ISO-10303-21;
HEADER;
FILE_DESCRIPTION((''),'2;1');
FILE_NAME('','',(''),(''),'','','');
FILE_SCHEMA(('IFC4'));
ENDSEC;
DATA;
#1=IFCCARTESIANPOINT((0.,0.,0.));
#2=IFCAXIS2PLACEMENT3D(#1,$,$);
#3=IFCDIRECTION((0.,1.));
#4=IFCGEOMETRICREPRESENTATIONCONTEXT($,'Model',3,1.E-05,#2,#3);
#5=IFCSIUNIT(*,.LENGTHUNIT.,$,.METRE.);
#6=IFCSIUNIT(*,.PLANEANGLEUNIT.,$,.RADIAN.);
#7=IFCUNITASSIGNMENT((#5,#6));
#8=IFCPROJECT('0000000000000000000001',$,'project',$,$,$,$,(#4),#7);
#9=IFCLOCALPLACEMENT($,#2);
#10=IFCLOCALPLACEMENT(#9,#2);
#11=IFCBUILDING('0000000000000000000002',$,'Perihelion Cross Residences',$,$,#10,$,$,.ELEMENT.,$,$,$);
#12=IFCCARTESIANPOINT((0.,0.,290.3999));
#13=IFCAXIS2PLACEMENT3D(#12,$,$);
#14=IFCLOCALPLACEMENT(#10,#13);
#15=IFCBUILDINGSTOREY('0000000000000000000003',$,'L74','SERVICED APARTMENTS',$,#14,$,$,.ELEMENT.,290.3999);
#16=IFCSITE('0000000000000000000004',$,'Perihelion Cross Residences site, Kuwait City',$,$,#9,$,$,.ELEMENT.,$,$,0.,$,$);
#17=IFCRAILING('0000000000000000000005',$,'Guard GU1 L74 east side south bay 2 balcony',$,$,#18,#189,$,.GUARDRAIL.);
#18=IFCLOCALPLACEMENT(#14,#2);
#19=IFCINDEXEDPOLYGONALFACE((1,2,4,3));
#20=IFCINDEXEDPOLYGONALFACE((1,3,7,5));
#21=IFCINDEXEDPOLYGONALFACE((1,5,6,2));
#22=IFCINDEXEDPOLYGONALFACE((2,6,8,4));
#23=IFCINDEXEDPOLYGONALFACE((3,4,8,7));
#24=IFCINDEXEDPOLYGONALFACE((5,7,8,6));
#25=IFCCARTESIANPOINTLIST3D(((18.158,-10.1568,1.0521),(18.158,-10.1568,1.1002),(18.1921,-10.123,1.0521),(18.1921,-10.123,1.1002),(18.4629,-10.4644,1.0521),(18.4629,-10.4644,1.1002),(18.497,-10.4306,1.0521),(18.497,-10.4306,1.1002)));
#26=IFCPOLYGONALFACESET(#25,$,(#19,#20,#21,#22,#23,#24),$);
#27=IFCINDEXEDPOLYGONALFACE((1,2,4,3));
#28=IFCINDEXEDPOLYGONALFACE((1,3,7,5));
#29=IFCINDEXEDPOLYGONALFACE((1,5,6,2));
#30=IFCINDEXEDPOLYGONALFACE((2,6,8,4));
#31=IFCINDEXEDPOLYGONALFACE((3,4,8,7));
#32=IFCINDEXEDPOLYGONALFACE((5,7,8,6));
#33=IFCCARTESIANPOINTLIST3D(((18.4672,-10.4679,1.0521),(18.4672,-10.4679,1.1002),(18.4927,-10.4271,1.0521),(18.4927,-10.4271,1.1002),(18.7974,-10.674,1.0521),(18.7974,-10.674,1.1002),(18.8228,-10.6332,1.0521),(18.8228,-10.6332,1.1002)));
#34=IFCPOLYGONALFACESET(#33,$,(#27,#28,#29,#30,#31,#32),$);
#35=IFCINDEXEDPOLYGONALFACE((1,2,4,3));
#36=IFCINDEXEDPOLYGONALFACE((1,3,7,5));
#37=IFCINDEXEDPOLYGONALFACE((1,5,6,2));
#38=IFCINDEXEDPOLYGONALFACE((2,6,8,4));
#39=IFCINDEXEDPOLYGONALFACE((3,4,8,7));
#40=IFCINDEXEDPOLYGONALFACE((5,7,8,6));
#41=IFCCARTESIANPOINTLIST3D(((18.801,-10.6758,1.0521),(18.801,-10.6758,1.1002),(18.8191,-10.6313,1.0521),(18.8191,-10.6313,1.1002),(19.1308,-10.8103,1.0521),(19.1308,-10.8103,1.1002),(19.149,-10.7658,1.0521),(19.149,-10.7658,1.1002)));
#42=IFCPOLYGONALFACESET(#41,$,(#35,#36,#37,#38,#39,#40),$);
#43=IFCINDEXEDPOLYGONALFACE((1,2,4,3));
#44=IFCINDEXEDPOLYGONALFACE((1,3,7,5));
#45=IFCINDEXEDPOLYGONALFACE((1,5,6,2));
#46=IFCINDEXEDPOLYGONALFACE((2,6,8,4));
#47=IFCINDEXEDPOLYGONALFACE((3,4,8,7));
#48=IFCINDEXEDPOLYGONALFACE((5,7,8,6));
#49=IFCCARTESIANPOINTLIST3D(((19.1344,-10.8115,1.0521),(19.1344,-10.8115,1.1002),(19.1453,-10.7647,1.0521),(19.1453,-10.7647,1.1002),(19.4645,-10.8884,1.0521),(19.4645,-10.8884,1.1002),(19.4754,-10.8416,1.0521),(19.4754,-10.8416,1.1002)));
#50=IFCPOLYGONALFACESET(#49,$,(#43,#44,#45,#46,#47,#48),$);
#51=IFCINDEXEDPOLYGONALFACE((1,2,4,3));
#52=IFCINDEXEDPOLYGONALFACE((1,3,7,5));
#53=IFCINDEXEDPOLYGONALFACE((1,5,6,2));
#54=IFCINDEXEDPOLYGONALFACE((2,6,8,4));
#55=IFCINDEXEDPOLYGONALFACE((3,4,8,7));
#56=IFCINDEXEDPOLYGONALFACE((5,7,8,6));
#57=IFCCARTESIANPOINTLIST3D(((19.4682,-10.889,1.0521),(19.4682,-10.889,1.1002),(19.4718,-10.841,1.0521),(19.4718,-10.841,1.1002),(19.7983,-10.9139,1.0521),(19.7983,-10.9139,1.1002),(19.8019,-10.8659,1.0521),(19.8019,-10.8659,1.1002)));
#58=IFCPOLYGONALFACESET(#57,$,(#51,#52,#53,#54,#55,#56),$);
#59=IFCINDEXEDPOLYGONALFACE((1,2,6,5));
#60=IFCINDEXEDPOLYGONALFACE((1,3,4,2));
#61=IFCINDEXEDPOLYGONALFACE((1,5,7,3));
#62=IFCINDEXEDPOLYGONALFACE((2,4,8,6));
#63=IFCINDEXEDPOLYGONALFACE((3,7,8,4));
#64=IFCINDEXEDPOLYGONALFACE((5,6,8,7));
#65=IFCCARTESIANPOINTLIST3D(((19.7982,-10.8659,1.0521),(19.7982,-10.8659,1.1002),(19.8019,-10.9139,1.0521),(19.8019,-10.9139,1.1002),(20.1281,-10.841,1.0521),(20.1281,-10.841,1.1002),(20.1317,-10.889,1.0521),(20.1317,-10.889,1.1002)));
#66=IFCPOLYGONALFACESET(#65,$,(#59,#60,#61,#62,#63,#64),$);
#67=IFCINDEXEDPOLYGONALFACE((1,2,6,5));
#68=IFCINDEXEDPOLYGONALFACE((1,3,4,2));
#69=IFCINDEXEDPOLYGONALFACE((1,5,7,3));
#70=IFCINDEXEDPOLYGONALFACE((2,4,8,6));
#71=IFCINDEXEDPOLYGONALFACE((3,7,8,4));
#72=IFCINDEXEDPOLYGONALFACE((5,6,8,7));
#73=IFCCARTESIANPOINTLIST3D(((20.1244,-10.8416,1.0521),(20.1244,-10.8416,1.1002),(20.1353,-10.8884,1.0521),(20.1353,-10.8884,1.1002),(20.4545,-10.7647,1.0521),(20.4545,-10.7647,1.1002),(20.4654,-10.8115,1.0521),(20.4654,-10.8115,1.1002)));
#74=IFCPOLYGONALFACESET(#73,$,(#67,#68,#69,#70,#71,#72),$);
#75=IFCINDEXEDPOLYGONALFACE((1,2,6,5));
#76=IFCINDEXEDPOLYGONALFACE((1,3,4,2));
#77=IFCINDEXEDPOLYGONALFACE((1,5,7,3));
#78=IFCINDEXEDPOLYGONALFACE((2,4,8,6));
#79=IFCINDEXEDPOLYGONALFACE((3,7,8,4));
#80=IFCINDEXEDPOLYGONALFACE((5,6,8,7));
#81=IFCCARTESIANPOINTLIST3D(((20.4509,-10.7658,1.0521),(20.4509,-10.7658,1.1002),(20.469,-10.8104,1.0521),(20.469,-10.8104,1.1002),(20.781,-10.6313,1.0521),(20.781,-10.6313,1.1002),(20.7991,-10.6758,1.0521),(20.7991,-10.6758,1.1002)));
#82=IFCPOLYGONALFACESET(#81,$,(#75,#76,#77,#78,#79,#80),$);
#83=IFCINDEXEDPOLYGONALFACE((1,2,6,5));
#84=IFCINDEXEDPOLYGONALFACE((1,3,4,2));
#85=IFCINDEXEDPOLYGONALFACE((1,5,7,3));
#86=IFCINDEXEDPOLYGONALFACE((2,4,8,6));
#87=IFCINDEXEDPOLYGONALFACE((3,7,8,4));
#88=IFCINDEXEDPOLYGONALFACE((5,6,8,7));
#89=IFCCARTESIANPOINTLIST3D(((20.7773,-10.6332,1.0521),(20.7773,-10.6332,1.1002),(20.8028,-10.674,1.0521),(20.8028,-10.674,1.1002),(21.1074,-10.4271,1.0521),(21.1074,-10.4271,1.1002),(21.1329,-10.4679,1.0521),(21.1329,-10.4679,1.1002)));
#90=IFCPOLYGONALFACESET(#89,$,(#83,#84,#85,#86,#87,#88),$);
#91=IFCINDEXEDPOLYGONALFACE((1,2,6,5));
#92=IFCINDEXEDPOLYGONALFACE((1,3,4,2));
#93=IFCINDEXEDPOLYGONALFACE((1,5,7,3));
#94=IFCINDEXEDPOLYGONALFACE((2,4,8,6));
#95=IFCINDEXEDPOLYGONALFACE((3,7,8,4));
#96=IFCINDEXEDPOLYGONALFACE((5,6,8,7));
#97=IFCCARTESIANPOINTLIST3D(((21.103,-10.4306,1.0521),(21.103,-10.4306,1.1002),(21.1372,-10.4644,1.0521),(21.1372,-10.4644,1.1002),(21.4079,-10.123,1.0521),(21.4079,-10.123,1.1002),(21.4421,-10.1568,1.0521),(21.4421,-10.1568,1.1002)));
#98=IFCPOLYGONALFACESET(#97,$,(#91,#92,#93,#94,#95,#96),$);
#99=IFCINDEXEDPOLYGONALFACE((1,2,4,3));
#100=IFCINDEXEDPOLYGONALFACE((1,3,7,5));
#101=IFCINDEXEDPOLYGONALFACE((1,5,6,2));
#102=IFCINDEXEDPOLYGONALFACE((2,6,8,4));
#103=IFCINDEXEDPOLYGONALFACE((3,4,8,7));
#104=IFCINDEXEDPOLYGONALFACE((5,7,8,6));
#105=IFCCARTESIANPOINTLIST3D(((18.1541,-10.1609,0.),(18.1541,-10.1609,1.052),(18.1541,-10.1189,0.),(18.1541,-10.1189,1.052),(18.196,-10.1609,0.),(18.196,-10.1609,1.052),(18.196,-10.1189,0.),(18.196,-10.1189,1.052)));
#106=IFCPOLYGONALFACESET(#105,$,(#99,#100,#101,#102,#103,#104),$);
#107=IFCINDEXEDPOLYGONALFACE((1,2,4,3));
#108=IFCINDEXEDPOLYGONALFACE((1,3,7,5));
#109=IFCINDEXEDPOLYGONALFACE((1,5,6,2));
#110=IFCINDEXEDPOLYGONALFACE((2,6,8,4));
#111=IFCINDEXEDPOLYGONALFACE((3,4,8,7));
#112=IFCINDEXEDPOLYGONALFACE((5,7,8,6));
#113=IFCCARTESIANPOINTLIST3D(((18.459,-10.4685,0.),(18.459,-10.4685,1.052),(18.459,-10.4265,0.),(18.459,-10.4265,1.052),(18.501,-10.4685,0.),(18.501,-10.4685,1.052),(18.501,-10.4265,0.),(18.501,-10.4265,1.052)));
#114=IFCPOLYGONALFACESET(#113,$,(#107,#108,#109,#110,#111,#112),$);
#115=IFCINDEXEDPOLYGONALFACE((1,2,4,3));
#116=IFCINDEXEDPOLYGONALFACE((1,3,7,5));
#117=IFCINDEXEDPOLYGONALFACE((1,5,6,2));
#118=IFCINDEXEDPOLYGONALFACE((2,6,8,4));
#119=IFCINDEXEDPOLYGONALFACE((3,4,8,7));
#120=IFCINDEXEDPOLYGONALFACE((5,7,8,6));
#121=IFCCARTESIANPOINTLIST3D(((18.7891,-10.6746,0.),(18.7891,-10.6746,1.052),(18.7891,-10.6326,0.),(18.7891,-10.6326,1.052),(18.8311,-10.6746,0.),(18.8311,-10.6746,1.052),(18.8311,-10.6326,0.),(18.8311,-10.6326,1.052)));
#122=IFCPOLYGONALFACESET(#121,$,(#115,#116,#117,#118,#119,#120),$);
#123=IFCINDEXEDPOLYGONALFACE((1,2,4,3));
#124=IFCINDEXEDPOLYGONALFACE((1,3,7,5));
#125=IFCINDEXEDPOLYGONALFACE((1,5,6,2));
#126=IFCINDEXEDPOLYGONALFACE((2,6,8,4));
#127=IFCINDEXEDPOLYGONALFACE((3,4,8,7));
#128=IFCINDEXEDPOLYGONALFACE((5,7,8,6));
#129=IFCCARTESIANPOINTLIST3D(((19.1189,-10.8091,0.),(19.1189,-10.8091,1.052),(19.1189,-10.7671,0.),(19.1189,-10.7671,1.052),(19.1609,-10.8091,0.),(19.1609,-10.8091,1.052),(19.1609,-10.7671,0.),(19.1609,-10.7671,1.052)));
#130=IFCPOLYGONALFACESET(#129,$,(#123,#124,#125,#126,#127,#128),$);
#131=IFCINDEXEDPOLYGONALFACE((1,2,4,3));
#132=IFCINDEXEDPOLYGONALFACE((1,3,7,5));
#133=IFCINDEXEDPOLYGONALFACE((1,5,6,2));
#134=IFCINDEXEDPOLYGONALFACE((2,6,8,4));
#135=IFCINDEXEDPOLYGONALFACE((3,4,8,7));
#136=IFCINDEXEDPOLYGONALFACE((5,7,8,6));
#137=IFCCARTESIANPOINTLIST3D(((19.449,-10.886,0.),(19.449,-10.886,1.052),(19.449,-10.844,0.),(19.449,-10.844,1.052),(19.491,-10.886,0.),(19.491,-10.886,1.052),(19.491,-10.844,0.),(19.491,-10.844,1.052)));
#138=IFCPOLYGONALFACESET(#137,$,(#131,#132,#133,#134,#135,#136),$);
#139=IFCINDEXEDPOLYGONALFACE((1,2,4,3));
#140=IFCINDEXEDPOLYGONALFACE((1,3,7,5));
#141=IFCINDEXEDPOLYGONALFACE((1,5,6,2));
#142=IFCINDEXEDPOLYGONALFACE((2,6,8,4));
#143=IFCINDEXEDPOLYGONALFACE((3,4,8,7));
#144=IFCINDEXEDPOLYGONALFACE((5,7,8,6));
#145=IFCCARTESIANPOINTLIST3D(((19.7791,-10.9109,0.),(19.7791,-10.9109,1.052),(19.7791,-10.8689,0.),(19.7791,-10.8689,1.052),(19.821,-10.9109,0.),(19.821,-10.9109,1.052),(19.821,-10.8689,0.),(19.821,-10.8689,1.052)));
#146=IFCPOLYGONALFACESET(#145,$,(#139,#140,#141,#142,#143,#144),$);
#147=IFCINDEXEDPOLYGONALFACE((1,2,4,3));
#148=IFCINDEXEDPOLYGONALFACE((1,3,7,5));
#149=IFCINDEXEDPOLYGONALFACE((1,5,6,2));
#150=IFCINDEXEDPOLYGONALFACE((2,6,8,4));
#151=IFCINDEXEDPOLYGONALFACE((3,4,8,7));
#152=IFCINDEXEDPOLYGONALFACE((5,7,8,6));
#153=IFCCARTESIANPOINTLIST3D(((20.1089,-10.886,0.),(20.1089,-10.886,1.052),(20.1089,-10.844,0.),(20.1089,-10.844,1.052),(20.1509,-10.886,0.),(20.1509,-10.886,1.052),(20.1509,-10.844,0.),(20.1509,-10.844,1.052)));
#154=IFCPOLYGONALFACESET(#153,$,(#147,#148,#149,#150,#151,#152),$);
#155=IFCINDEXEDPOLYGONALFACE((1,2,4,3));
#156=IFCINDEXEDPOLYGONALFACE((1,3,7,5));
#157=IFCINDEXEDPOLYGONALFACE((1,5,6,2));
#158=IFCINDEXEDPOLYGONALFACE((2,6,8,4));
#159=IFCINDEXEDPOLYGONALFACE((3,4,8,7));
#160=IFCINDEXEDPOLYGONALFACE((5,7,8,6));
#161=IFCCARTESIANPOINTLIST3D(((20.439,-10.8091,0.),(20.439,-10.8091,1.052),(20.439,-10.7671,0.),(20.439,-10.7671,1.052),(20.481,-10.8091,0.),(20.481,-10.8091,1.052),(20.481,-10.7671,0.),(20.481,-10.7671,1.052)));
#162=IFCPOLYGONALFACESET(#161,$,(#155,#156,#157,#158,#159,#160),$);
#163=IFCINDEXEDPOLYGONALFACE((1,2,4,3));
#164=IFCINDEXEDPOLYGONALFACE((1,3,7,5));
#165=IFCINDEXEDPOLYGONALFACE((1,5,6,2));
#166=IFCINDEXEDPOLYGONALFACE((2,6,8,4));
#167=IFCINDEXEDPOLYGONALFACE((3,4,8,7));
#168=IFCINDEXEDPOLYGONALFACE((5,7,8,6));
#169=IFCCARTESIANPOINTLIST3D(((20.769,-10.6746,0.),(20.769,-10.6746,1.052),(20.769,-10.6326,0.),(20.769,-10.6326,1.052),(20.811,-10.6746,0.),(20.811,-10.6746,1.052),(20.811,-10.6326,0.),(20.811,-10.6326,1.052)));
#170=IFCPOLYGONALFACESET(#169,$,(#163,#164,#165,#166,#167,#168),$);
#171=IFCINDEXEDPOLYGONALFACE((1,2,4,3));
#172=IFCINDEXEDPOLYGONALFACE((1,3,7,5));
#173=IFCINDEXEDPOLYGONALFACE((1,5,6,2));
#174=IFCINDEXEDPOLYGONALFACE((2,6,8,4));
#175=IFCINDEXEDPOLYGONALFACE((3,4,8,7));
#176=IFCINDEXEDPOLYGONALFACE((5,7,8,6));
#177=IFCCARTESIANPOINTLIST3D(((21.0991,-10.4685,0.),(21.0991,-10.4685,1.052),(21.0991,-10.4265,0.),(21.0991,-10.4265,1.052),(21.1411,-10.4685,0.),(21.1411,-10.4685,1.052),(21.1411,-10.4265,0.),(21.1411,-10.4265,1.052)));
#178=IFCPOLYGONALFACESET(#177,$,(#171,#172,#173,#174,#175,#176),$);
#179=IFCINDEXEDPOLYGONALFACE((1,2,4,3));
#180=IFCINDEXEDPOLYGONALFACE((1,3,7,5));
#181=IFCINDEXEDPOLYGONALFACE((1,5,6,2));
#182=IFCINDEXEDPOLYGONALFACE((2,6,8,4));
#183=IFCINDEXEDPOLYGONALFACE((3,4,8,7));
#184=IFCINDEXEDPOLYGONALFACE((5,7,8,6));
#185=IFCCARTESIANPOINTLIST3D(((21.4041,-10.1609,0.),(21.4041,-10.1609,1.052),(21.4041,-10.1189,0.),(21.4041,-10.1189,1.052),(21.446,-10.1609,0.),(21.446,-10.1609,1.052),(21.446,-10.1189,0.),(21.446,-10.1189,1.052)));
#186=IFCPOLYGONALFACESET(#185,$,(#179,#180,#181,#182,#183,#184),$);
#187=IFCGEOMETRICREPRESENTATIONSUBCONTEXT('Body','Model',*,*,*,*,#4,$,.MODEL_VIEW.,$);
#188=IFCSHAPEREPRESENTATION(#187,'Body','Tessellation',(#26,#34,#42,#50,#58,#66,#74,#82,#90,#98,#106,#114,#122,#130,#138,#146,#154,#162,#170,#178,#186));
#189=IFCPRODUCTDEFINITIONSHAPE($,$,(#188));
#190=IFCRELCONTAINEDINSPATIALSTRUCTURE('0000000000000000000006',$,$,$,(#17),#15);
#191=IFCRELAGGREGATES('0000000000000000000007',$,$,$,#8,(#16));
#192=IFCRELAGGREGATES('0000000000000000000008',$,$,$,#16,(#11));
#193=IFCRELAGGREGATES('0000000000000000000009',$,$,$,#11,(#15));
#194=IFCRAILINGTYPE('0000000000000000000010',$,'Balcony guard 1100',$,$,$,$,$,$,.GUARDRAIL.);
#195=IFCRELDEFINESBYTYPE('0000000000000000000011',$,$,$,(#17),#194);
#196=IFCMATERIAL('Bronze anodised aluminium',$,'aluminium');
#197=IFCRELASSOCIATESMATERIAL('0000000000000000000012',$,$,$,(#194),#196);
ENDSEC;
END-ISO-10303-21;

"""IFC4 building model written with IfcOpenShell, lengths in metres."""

from ifc_helpers import new_model, si_unit, direction, frame, origin, origin_2d, place, context, subcontext, project, spatial, rectangle, extrude, material, type_object, element, save


model = new_model("IFC4")

# Units and contexts
model_context = context("Model", 3, precision=1e-05, world=origin(), true_north=direction((0.0, 1.0)))
body_context = subcontext(model_context, "Body", "Model", "MODEL_VIEW")
ifc_project = project(units=[si_unit("LENGTHUNIT", "METRE"), si_unit("PLANEANGLEUNIT", "RADIAN")], contexts=[model_context])

# Site, building, storey
site_placement = place(None, origin())
site = spatial("IfcSite", under=ifc_project, at=site_placement, Name="Perihelion Cross Residences site, Kuwait City", CompositionType="ELEMENT", RefElevation=0.0)
building_placement = place(site_placement, origin())
building = spatial("IfcBuilding", under=site, at=building_placement, Name="Perihelion Cross Residences", CompositionType="ELEMENT")
storey_placement = place(building_placement, frame((0.0, 0.0, 290.3999)))
storey = spatial("IfcBuildingStorey", under=building, at=storey_placement, Name="L74", Description="SERVICED APARTMENTS", CompositionType="ELEMENT", Elevation=290.3999)

# Railing
ifc_material_1 = material(Name="Bronze anodised aluminium", Category="aluminium")
railing_type = type_object("IfcRailingType", Name="Balcony guard 1100", PredefinedType="GUARDRAIL", material=ifc_material_1)
railing_placement = place(storey_placement, frame((18.175, -10.1399, 0.0)))
element("IfcRailing", 1, at=railing_placement, inside=storey, type_object=railing_type, Name="Guard GU1 L74 east side south bay 2 balcony", PredefinedType="GUARDRAIL", context=body_context, shape_type="SweptSolid", body=[
    extrude(rectangle(XDim=0.0481, YDim=0.0481, at=origin_2d()), frame((0.0, 0.0, 1.0762), z_axis=(0.704, -0.7102, 0.0), x_axis=(0.7102, 0.704, 0.0)), (0.0, 0.0, 1.0), 0.4331),
    extrude(rectangle(XDim=0.0481, YDim=0.0481, at=origin_2d()), frame((0.3049, -0.3076, 1.0762), z_axis=(0.84828, -0.529548, 0.0), x_axis=(0.529548, 0.84828, 0.0)), (0.0, 0.0, 1.0), 0.3892),
    extrude(rectangle(XDim=0.0481, YDim=0.0481, at=origin_2d()), frame((0.635, -0.5137, 1.0762), z_axis=(0.92595, -0.377645, 0.0), x_axis=(0.377645, 0.92595, 0.0)), (0.0, 0.0, 1.0), 0.3562),
    extrude(rectangle(XDim=0.0481, YDim=0.0481, at=origin_2d()), frame((0.9648, -0.6482, 1.0762), z_axis=(0.973916, -0.226911, 0.0), x_axis=(0.226911, 0.973916, 0.0)), (0.0, 0.0, 1.0), 0.3389),
    extrude(rectangle(XDim=0.0481, YDim=0.0481, at=origin_2d()), frame((1.2949, -0.7251, 1.0762), z_axis=(0.997166, -0.07523, 0.0), x_axis=(0.07523, 0.997166, 0.0)), (0.0, 0.0, 1.0), 0.3311),
    extrude(rectangle(XDim=0.0481, YDim=0.0481, at=origin_2d()), frame((1.625, -0.75, 1.0762), z_axis=(0.997162, 0.075285, 0.0), x_axis=(-0.075285, 0.997162, 0.0)), (0.0, 0.0, 1.0), 0.3308),
    extrude(rectangle(XDim=0.0481, YDim=0.0481, at=origin_2d()), frame((1.9548, -0.7251, 1.0762), z_axis=(0.973916, 0.226911, 0.0), x_axis=(-0.226911, 0.973916, 0.0)), (0.0, 0.0, 1.0), 0.3389),
    extrude(rectangle(XDim=0.0481, YDim=0.0481, at=origin_2d()), frame((2.2849, -0.6482, 1.0762), z_axis=(0.926048, 0.377406, 0.0), x_axis=(-0.377406, 0.926048, 0.0)), (0.0, 0.0, 1.0), 0.3564),
    extrude(rectangle(XDim=0.0481, YDim=0.0481, at=origin_2d()), frame((2.615, -0.5137, 1.0762), z_axis=(0.84828, 0.529548, 0.0), x_axis=(-0.529548, 0.84828, 0.0)), (0.0, 0.0, 1.0), 0.3892),
    extrude(rectangle(XDim=0.0481, YDim=0.0481, at=origin_2d()), frame((2.9451, -0.3076, 1.0762), z_axis=(0.704, 0.7102, 0.0), x_axis=(-0.7102, 0.704, 0.0)), (0.0, 0.0, 1.0), 0.4331),
    extrude(rectangle(XDim=0.042, YDim=0.042, at=origin_2d()), origin(), (0.0, 0.0, 1.0), 1.052),
    extrude(rectangle(XDim=0.042, YDim=0.042, at=origin_2d()), frame((0.3049, -0.3076, 0.0)), (0.0, 0.0, 1.0), 1.052),
    extrude(rectangle(XDim=0.042, YDim=0.042, at=origin_2d()), frame((0.635, -0.5137, 0.0)), (0.0, 0.0, 1.0), 1.052),
    extrude(rectangle(XDim=0.042, YDim=0.042, at=origin_2d()), frame((0.9648, -0.6482, 0.0)), (0.0, 0.0, 1.0), 1.052),
    extrude(rectangle(XDim=0.042, YDim=0.042, at=origin_2d()), frame((1.2949, -0.7251, 0.0)), (0.0, 0.0, 1.0), 1.052),
    extrude(rectangle(XDim=0.042, YDim=0.042, at=origin_2d()), frame((1.625, -0.75, 0.0)), (0.0, 0.0, 1.0), 1.052),
    extrude(rectangle(XDim=0.042, YDim=0.042, at=origin_2d()), frame((1.9548, -0.7251, 0.0)), (0.0, 0.0, 1.0), 1.052),
    extrude(rectangle(XDim=0.042, YDim=0.042, at=origin_2d()), frame((2.2849, -0.6482, 0.0)), (0.0, 0.0, 1.0), 1.052),
    extrude(rectangle(XDim=0.042, YDim=0.042, at=origin_2d()), frame((2.615, -0.5137, 0.0)), (0.0, 0.0, 1.0), 1.052),
    extrude(rectangle(XDim=0.042, YDim=0.042, at=origin_2d()), frame((2.9451, -0.3076, 0.0)), (0.0, 0.0, 1.0), 1.052),
    extrude(rectangle(XDim=0.042, YDim=0.042, at=origin_2d()), frame((3.25, 0.0, 0.0)), (0.0, 0.0, 1.0), 1.052),
])

save(model, "model.ifc")
